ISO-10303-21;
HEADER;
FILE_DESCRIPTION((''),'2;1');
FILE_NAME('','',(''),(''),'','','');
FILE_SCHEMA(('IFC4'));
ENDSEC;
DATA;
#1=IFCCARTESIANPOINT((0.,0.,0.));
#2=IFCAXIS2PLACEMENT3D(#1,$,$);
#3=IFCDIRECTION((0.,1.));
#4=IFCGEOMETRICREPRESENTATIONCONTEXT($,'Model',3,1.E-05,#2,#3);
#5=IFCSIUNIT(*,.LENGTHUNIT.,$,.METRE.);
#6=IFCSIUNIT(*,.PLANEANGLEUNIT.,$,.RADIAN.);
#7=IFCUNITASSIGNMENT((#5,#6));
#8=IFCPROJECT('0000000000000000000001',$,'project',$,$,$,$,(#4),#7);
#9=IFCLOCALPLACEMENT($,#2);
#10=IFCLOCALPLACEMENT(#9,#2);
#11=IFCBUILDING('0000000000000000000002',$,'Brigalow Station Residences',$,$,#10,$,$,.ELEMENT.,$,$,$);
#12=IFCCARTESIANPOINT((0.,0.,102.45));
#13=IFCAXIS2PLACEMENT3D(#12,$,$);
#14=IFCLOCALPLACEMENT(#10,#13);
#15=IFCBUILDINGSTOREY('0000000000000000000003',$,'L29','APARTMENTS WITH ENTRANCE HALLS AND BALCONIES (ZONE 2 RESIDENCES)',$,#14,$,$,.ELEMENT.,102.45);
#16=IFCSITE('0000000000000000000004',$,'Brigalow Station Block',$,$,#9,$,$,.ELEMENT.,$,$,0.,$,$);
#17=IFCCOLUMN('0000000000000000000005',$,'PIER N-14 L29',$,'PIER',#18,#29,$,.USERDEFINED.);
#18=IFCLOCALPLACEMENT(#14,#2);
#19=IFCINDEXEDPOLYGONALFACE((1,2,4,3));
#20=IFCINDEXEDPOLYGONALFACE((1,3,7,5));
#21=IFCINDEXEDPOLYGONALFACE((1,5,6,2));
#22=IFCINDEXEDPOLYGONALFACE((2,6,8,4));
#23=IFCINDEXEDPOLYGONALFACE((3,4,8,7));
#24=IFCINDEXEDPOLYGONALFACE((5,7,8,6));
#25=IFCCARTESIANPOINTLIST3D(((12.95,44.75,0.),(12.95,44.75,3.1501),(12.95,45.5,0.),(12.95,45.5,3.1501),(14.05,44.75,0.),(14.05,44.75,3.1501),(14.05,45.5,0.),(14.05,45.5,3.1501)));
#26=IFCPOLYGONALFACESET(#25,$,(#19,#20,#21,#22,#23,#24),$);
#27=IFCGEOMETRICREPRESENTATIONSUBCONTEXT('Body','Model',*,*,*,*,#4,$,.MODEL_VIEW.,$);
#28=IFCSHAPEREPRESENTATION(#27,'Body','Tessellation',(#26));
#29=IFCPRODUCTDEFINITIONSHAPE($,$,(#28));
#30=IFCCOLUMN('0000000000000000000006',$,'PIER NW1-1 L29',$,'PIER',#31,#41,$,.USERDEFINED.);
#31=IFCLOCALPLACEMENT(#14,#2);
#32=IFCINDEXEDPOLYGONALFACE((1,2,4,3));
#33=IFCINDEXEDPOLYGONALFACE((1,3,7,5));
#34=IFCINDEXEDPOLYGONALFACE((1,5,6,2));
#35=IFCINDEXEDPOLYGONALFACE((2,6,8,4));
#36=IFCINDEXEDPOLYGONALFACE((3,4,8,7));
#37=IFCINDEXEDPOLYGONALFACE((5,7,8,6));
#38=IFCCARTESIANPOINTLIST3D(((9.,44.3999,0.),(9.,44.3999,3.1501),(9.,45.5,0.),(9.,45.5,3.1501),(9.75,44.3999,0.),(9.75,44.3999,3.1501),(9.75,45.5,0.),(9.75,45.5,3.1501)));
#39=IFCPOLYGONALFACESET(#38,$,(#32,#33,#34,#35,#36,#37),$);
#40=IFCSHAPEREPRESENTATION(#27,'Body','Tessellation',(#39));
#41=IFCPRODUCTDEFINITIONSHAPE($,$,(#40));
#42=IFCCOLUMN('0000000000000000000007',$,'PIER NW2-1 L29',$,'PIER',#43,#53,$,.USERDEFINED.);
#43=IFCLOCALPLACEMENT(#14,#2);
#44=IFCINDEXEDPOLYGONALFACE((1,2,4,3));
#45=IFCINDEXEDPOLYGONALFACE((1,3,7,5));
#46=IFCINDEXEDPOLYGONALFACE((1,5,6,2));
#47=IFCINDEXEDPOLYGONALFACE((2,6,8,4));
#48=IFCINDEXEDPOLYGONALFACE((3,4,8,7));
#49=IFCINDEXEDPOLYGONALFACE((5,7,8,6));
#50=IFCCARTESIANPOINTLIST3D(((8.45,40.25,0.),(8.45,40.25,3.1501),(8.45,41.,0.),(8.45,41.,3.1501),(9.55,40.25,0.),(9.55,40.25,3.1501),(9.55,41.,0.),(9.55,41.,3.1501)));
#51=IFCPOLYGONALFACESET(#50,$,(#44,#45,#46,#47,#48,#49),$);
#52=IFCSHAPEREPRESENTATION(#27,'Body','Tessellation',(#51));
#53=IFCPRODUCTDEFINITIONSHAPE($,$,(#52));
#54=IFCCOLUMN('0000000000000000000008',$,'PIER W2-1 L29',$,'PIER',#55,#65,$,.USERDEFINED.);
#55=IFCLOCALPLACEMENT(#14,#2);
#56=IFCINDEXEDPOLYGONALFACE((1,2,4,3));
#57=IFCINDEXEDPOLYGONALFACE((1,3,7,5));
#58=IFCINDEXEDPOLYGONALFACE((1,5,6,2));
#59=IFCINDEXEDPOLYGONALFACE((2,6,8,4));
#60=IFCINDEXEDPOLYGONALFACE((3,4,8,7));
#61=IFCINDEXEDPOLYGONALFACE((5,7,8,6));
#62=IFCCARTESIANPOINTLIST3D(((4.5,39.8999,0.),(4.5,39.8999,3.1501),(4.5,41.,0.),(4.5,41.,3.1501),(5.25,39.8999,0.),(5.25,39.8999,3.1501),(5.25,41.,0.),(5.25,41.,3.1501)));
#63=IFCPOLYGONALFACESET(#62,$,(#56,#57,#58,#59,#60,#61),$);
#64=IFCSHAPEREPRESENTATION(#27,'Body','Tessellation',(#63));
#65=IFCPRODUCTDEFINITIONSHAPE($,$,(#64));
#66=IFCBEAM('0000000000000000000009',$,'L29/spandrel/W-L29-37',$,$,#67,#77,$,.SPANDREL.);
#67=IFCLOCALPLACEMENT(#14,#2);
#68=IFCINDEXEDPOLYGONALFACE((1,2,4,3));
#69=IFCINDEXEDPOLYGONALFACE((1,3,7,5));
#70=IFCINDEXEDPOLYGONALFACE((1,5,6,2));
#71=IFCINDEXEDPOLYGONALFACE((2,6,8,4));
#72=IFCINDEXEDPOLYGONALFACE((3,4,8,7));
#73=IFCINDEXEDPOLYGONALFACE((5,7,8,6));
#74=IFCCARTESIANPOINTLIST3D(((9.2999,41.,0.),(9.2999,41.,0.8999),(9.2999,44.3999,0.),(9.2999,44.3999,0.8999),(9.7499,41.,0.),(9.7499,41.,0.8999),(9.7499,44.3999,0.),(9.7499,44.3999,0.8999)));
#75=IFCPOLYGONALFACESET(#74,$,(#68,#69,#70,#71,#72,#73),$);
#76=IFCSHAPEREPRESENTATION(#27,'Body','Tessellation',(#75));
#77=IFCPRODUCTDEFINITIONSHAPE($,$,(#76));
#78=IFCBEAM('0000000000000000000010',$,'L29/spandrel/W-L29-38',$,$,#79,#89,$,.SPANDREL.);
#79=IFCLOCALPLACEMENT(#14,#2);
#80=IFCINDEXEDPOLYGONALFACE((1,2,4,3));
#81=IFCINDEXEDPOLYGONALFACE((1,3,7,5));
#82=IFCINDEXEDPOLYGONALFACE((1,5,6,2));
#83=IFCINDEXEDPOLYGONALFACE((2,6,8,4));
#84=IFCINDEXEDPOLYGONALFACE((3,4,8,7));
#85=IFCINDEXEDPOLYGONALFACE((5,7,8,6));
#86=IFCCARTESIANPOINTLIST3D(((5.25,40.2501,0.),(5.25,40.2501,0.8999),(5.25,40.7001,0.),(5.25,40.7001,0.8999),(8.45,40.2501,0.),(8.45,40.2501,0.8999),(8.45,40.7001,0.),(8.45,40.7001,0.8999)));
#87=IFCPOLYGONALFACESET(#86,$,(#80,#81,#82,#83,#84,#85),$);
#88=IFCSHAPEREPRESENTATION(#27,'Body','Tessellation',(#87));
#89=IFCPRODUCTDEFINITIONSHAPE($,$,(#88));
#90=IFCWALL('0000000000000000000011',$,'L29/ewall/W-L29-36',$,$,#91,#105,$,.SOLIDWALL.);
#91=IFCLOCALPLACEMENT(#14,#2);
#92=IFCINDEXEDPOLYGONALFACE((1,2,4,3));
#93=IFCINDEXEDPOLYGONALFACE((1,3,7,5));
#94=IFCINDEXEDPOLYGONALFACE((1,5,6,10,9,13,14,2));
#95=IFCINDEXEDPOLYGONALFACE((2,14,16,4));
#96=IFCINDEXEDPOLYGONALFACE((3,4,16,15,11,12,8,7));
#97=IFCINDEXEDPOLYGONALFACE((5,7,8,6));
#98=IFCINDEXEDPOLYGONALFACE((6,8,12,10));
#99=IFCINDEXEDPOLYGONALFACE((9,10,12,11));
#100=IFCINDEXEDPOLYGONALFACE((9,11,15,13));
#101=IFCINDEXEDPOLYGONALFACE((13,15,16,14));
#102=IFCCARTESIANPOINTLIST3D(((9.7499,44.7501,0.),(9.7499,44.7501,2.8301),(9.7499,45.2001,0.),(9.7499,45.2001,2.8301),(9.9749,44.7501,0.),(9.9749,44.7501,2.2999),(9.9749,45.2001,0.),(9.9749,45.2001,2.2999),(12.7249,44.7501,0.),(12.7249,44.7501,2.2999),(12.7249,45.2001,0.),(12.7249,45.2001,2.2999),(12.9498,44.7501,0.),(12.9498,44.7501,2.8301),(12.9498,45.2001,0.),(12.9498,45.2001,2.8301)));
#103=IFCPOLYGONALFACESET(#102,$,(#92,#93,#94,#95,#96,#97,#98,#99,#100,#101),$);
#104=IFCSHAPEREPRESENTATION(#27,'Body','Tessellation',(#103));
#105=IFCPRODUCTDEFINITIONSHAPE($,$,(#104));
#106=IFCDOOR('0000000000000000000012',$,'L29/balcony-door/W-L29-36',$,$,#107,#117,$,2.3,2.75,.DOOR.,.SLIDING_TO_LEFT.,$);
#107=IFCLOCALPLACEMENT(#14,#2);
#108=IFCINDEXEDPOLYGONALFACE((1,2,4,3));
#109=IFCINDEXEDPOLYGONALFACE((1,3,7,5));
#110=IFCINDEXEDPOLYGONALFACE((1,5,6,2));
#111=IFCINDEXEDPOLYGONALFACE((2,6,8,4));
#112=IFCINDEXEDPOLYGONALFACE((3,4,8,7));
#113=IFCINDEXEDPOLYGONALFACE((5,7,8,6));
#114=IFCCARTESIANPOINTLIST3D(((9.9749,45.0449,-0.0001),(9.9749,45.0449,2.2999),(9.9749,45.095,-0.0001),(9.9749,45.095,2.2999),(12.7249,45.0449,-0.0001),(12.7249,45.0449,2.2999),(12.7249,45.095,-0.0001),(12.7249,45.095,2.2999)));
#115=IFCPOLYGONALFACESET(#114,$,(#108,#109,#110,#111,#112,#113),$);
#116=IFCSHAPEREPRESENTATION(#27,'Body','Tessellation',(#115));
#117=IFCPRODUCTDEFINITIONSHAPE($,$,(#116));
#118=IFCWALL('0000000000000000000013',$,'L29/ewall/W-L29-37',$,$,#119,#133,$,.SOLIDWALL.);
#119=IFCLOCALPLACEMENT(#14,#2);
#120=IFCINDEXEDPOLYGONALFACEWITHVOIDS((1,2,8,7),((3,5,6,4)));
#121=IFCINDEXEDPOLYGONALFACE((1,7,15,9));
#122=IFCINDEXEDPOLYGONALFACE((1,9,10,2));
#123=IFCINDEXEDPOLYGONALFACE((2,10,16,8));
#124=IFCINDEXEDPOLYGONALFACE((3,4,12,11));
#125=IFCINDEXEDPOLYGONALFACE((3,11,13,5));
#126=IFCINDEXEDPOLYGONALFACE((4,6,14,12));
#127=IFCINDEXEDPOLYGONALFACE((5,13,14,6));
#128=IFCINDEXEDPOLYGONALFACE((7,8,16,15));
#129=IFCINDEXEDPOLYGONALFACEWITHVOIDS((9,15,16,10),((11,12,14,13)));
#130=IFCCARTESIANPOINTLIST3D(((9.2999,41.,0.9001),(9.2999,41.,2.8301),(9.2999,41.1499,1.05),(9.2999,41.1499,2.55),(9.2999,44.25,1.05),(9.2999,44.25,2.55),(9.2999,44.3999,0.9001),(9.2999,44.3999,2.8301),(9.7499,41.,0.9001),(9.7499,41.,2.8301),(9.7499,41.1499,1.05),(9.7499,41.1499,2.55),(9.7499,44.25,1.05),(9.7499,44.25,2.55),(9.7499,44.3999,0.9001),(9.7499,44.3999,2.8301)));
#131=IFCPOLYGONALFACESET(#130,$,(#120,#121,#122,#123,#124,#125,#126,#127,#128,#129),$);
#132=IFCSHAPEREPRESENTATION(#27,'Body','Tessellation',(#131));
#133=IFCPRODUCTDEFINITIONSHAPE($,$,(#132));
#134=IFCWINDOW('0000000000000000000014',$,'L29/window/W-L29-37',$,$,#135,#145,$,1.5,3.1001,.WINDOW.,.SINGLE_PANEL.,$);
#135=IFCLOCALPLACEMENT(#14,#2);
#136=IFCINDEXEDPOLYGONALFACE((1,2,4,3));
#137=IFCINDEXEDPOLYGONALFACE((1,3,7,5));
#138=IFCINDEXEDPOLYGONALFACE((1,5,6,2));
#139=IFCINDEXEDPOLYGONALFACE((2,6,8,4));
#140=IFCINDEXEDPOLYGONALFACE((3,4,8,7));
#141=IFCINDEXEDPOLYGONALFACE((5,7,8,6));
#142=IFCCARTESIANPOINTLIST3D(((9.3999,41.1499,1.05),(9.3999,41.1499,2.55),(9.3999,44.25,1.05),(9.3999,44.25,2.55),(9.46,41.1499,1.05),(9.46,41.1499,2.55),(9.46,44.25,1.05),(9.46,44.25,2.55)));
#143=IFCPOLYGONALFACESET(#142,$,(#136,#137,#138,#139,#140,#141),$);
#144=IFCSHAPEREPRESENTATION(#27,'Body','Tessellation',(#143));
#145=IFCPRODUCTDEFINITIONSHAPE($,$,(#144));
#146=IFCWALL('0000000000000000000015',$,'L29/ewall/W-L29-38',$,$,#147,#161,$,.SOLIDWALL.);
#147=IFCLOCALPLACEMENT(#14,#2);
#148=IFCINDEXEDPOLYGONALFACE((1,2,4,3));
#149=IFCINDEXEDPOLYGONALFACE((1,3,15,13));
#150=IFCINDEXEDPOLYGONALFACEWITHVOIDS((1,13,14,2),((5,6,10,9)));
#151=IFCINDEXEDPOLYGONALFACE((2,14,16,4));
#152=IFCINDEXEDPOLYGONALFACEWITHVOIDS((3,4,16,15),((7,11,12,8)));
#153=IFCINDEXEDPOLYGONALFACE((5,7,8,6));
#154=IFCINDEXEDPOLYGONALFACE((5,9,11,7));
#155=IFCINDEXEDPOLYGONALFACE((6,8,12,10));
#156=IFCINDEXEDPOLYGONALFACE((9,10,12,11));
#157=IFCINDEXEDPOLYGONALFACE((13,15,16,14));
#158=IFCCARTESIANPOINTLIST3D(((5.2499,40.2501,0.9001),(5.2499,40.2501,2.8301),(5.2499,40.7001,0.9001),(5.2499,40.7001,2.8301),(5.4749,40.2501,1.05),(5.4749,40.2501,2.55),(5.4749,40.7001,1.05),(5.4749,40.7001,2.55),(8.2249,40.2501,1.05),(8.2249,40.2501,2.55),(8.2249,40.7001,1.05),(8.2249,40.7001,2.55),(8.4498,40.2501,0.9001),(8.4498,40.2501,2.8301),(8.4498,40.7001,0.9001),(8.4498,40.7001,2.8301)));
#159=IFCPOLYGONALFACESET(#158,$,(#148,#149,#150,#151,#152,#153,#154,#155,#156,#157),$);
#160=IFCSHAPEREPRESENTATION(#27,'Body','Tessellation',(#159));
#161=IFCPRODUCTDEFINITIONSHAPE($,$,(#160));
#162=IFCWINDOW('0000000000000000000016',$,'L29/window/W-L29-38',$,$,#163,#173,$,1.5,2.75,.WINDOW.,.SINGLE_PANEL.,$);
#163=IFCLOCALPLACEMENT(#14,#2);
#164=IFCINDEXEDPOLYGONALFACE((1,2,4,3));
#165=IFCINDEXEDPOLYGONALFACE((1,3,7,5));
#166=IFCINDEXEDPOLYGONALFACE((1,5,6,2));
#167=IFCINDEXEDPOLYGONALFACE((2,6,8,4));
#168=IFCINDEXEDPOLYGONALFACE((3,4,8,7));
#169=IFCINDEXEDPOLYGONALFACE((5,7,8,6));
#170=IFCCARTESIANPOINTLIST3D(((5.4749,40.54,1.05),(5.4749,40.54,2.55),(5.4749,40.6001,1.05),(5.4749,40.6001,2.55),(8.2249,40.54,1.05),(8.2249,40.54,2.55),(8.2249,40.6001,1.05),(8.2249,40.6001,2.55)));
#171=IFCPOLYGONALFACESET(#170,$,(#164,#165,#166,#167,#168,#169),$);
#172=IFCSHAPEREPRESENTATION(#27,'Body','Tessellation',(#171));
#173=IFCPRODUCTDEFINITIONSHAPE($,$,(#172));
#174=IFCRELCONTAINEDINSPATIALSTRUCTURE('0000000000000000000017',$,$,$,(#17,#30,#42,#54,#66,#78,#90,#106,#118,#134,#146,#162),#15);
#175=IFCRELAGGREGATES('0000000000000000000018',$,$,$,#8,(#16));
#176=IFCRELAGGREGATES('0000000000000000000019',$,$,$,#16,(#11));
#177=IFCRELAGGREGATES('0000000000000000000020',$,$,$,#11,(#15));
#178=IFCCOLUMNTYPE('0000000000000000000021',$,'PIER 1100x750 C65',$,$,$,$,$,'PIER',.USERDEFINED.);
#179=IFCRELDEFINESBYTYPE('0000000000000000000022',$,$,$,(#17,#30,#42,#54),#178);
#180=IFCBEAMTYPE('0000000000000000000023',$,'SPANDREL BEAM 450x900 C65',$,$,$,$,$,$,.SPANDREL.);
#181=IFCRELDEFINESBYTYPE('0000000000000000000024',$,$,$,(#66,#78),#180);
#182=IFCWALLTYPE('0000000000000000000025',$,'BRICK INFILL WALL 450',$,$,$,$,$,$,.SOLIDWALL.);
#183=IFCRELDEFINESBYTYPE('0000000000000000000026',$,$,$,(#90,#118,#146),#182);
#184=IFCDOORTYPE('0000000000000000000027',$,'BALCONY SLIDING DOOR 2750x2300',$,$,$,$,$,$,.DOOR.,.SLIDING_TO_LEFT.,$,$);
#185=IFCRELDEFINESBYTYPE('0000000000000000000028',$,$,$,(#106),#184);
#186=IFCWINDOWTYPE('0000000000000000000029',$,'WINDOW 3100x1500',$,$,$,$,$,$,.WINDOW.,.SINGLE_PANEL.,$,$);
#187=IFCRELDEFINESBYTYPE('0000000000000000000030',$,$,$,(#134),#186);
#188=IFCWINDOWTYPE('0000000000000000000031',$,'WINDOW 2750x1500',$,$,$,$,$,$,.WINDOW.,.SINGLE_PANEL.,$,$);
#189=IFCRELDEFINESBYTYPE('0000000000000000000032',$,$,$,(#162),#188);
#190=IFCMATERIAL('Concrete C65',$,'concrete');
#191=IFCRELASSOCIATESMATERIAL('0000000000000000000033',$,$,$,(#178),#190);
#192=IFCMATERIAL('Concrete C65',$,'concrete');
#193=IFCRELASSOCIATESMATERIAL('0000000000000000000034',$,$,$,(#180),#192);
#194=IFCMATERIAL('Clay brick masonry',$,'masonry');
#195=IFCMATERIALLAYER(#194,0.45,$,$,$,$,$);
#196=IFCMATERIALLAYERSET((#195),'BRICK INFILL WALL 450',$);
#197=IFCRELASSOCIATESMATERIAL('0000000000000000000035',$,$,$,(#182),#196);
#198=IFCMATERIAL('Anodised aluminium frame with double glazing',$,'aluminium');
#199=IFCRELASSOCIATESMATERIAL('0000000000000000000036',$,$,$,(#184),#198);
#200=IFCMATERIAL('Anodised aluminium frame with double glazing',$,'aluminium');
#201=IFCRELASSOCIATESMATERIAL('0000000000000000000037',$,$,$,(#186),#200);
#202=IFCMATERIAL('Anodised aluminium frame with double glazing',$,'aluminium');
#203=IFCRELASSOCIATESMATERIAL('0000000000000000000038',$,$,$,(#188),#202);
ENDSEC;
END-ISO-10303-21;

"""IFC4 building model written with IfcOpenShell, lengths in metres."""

from ifc_helpers import new_model, si_unit, direction, frame, frame_2d, origin, origin_2d, place, context, subcontext, project, spatial, rectangle, extrude, material, layer, layer_set, material_profile, profile_set, type_object, element, fill, save


model = new_model("IFC4")

# Units and contexts
model_context = context("Model", 3, precision=1e-05, world=origin(), true_north=direction((0.0, 1.0)))
body_context = subcontext(model_context, "Body", "Model", "MODEL_VIEW")
ifc_project = project(units=[si_unit("LENGTHUNIT", "METRE"), si_unit("PLANEANGLEUNIT", "RADIAN")], contexts=[model_context])

# Site, building, storey
site_placement = place(None, origin())
site = spatial("IfcSite", under=ifc_project, at=site_placement, Name="Brigalow Station Block", CompositionType="ELEMENT", RefElevation=0.0)
building_placement = place(site_placement, origin())
building = spatial("IfcBuilding", under=site, at=building_placement, Name="Brigalow Station Residences", CompositionType="ELEMENT")
storey_placement = place(building_placement, frame((0.0, 0.0, 102.45)))
storey = spatial("IfcBuildingStorey", under=building, at=storey_placement, Name="L29", Description="APARTMENTS WITH ENTRANCE HALLS AND BALCONIES (ZONE 2 RESIDENCES)", CompositionType="ELEMENT", Elevation=102.45)

# Columns
ifc_material_1 = material(Name="Concrete C65", Category="concrete")
ifc_material_profile_1 = material_profile(ifc_material_1, rectangle(XDim=1.1001, YDim=0.75, at=origin_2d()), Name="RC1100x750")
ifc_profile_set_1 = profile_set([ifc_material_profile_1], Name="Concrete C65")
column_type = type_object("IfcColumnType", Name="PIER 1100x750 C65", ElementType="PIER", PredefinedType="USERDEFINED", material=ifc_profile_set_1)
for number, where, z_axis, x_axis, name in (
    (1, (13.5, 45.125, 0.0), (0.0, 0.0, 1.0), (-1.0, 0.0, 0.0), "PIER N-14 L29"),
    (2, (9.375, 44.95, 0.0), (0.0, 0.0, 1.0), (0.0, -1.0, 0.0), "PIER NW1-1 L29"),
    (3, (9.0, 40.625, 0.0), (0.0, 0.0, 1.0), (-1.0, 0.0, 0.0), "PIER NW2-1 L29"),
    (4, (4.875, 40.45, 0.0), (0.0, 0.0, 1.0), (0.0, -1.0, 0.0), "PIER W2-1 L29"),
):
    element("IfcColumn", number, at=place(storey_placement, frame(where, z_axis=z_axis, x_axis=x_axis)), inside=storey, type_object=column_type, Name=name, ObjectType="PIER", PredefinedType="USERDEFINED", context=body_context, shape_type="SweptSolid", body=[
        extrude(rectangle(XDim=1.1001, YDim=0.75, at=origin_2d()), origin(), (0.0, 0.0, 1.0), 3.1501),
    ])

# Beams
ifc_material_2 = material(Name="Concrete C65", Category="concrete")
ifc_material_profile_2 = material_profile(ifc_material_2, rectangle(XDim=0.45, YDim=0.8999, at=origin_2d()), Name="RC450x900")
ifc_profile_set_2 = profile_set([ifc_material_profile_2], Name="Concrete C65")
beam_type = type_object("IfcBeamType", Name="SPANDREL BEAM 450x900 C65", PredefinedType="SPANDREL", material=ifc_profile_set_2)
beam_1_placement = place(storey_placement, frame((9.5249, 44.3999, 0.45), z_axis=(0.0, -1.0, 0.0), x_axis=(1.0, 0.0, 0.0)))
element("IfcBeam", 5, at=beam_1_placement, inside=storey, type_object=beam_type, Name="L29/spandrel/W-L29-37", PredefinedType="SPANDREL", context=body_context, shape_type="SweptSolid", body=[
    extrude(rectangle(XDim=0.45, YDim=0.8999, at=origin_2d()), origin(), (0.0, 0.0, 1.0), 3.3999),
])
beam_2_placement = place(storey_placement, frame((8.45, 40.4751, 0.45), z_axis=(-1.0, 0.0, 0.0), x_axis=(0.0, -1.0, 0.0)))
element("IfcBeam", 6, at=beam_2_placement, inside=storey, type_object=beam_type, Name="L29/spandrel/W-L29-38", PredefinedType="SPANDREL", context=body_context, shape_type="SweptSolid", body=[
    extrude(rectangle(XDim=0.45, YDim=0.8999, at=origin_2d()), origin(), (0.0, 0.0, 1.0), 3.2),
])

# Wall, opening, door
ifc_material_3 = material(Name="Clay brick masonry", Category="masonry")
ifc_layer_1 = layer(ifc_material_3, 0.45)
ifc_layer_set_1 = layer_set([ifc_layer_1], Name="BRICK INFILL WALL 450")
wall_type_1 = type_object("IfcWallType", Name="BRICK INFILL WALL 450", PredefinedType="SOLIDWALL", material=ifc_layer_set_1)
wall_1_placement = place(storey_placement, frame((12.95, 44.9751, 0.0), z_axis=(0.0, 0.0, 1.0), x_axis=(-1.0, 0.0, 0.0)))
wall_1 = element("IfcWall", 7, at=wall_1_placement, inside=storey, type_object=wall_type_1, Name="L29/ewall/W-L29-36", PredefinedType="SOLIDWALL", context=body_context, shape_type="SweptSolid", body=[
    extrude(rectangle(XDim=3.2, YDim=0.45, at=frame_2d((1.6001, 0.0))), origin(), (0.0, 0.0, 1.0), 2.8301),
])
opening_1_placement = place(wall_1_placement, frame((0.2251, 0.0, 0.0)))
opening_1 = element("IfcOpeningElement", 8, at=opening_1_placement, cuts=wall_1, PredefinedType="OPENING", context=body_context, shape_type="SweptSolid", body=[
    extrude(rectangle(XDim=2.75, YDim=2.3, at=frame_2d((1.375, 1.1499))), frame((0.0, 0.2349, 0.0), z_axis=(0.0, -1.0, 0.0), x_axis=(1.0, 0.0, 0.0)), (0.0, 0.0, 1.0), 0.47),
])
ifc_material_4 = material(Name="Anodised aluminium frame with double glazing", Category="aluminium")
door_type = type_object("IfcDoorType", Name="BALCONY SLIDING DOOR 2750x2300", OperationType="SLIDING_TO_LEFT", PredefinedType="DOOR", material=ifc_material_4)
door_placement = place(opening_1_placement, origin())
door = element("IfcDoor", 9, at=door_placement, inside=storey, type_object=door_type, Name="L29/balcony-door/W-L29-36", OperationType="SLIDING_TO_LEFT", OverallHeight=2.3, OverallWidth=2.75, PredefinedType="DOOR", context=body_context, shape_type="SweptSolid", body=[
    extrude(rectangle(XDim=2.75, YDim=2.3, at=frame_2d((1.375, 1.1499))), frame((0.0, -0.0698, 0.0), z_axis=(0.0, -1.0, 0.0), x_axis=(1.0, 0.0, 0.0)), (0.0, 0.0, 1.0), 0.05),
])
fill(opening_1, door)

# Walls, openings, windows
wall_2_placement = place(storey_placement, frame((9.5249, 44.3999, 0.9001), z_axis=(0.0, 0.0, 1.0), x_axis=(0.0, -1.0, 0.0)))
wall_2 = element("IfcWall", 10, at=wall_2_placement, inside=storey, type_object=wall_type_1, Name="L29/ewall/W-L29-37", PredefinedType="SOLIDWALL", context=body_context, shape_type="SweptSolid", body=[
    extrude(rectangle(XDim=3.3999, YDim=0.45, at=frame_2d((1.7, 0.0))), origin(), (0.0, 0.0, 1.0), 1.9299),
])
opening_2_placement = place(wall_2_placement, frame((0.1499, 0.0, 0.1499)))
opening_2 = element("IfcOpeningElement", 11, at=opening_2_placement, cuts=wall_2, PredefinedType="OPENING", context=body_context, shape_type="SweptSolid", body=[
    extrude(rectangle(XDim=3.1001, YDim=1.5, at=frame_2d((1.55, 0.75))), frame((0.0, 0.2349, 0.0), z_axis=(0.0, -1.0, 0.0), x_axis=(1.0, 0.0, 0.0)), (0.0, 0.0, 1.0), 0.47),
])
ifc_material_5 = material(Name="Anodised aluminium frame with double glazing", Category="aluminium")
window_type_1 = type_object("IfcWindowType", Name="WINDOW 3100x1500", PartitioningType="SINGLE_PANEL", PredefinedType="WINDOW", material=ifc_material_5)
window_1_placement = place(opening_2_placement, origin())
window_1 = element("IfcWindow", 12, at=window_1_placement, inside=storey, type_object=window_type_1, Name="L29/window/W-L29-37", OverallHeight=1.5, OverallWidth=3.1001, PartitioningType="SINGLE_PANEL", PredefinedType="WINDOW", context=body_context, shape_type="SweptSolid", body=[
    extrude(rectangle(XDim=3.1001, YDim=1.5, at=frame_2d((1.55, 0.75))), frame((0.0, -0.0649, 0.0), z_axis=(0.0, -1.0, 0.0), x_axis=(1.0, 0.0, 0.0)), (0.0, 0.0, 1.0), 0.0601),
])
fill(opening_2, window_1)
wall_3_placement = place(storey_placement, frame((8.45, 40.4751, 0.9001), z_axis=(0.0, 0.0, 1.0), x_axis=(-1.0, 0.0, 0.0)))
wall_3 = element("IfcWall", 13, at=wall_3_placement, inside=storey, type_object=wall_type_1, Name="L29/ewall/W-L29-38", PredefinedType="SOLIDWALL", context=body_context, shape_type="SweptSolid", body=[
    extrude(rectangle(XDim=3.2, YDim=0.45, at=frame_2d((1.6001, 0.0))), origin(), (0.0, 0.0, 1.0), 1.9299),
])
opening_3_placement = place(wall_3_placement, frame((0.2251, 0.0, 0.1499)))
opening_3 = element("IfcOpeningElement", 14, at=opening_3_placement, cuts=wall_3, PredefinedType="OPENING", context=body_context, shape_type="SweptSolid", body=[
    extrude(rectangle(XDim=2.75, YDim=1.5, at=frame_2d((1.375, 0.75))), frame((0.0, 0.2349, 0.0), z_axis=(0.0, -1.0, 0.0), x_axis=(1.0, 0.0, 0.0)), (0.0, 0.0, 1.0), 0.47),
])
ifc_material_6 = material(Name="Anodised aluminium frame with double glazing", Category="aluminium")
window_type_2 = type_object("IfcWindowType", Name="WINDOW 2750x1500", PartitioningType="SINGLE_PANEL", PredefinedType="WINDOW", material=ifc_material_6)
window_2_placement = place(opening_3_placement, origin())
window_2 = element("IfcWindow", 15, at=window_2_placement, inside=storey, type_object=window_type_2, Name="L29/window/W-L29-38", OverallHeight=1.5, OverallWidth=2.75, PartitioningType="SINGLE_PANEL", PredefinedType="WINDOW", context=body_context, shape_type="SweptSolid", body=[
    extrude(rectangle(XDim=2.75, YDim=1.5, at=frame_2d((1.375, 0.75))), frame((0.0, -0.0649, 0.0), z_axis=(0.0, -1.0, 0.0), x_axis=(1.0, 0.0, 0.0)), (0.0, 0.0, 1.0), 0.0601),
])
fill(opening_3, window_2)

save(model, "model.ifc")
